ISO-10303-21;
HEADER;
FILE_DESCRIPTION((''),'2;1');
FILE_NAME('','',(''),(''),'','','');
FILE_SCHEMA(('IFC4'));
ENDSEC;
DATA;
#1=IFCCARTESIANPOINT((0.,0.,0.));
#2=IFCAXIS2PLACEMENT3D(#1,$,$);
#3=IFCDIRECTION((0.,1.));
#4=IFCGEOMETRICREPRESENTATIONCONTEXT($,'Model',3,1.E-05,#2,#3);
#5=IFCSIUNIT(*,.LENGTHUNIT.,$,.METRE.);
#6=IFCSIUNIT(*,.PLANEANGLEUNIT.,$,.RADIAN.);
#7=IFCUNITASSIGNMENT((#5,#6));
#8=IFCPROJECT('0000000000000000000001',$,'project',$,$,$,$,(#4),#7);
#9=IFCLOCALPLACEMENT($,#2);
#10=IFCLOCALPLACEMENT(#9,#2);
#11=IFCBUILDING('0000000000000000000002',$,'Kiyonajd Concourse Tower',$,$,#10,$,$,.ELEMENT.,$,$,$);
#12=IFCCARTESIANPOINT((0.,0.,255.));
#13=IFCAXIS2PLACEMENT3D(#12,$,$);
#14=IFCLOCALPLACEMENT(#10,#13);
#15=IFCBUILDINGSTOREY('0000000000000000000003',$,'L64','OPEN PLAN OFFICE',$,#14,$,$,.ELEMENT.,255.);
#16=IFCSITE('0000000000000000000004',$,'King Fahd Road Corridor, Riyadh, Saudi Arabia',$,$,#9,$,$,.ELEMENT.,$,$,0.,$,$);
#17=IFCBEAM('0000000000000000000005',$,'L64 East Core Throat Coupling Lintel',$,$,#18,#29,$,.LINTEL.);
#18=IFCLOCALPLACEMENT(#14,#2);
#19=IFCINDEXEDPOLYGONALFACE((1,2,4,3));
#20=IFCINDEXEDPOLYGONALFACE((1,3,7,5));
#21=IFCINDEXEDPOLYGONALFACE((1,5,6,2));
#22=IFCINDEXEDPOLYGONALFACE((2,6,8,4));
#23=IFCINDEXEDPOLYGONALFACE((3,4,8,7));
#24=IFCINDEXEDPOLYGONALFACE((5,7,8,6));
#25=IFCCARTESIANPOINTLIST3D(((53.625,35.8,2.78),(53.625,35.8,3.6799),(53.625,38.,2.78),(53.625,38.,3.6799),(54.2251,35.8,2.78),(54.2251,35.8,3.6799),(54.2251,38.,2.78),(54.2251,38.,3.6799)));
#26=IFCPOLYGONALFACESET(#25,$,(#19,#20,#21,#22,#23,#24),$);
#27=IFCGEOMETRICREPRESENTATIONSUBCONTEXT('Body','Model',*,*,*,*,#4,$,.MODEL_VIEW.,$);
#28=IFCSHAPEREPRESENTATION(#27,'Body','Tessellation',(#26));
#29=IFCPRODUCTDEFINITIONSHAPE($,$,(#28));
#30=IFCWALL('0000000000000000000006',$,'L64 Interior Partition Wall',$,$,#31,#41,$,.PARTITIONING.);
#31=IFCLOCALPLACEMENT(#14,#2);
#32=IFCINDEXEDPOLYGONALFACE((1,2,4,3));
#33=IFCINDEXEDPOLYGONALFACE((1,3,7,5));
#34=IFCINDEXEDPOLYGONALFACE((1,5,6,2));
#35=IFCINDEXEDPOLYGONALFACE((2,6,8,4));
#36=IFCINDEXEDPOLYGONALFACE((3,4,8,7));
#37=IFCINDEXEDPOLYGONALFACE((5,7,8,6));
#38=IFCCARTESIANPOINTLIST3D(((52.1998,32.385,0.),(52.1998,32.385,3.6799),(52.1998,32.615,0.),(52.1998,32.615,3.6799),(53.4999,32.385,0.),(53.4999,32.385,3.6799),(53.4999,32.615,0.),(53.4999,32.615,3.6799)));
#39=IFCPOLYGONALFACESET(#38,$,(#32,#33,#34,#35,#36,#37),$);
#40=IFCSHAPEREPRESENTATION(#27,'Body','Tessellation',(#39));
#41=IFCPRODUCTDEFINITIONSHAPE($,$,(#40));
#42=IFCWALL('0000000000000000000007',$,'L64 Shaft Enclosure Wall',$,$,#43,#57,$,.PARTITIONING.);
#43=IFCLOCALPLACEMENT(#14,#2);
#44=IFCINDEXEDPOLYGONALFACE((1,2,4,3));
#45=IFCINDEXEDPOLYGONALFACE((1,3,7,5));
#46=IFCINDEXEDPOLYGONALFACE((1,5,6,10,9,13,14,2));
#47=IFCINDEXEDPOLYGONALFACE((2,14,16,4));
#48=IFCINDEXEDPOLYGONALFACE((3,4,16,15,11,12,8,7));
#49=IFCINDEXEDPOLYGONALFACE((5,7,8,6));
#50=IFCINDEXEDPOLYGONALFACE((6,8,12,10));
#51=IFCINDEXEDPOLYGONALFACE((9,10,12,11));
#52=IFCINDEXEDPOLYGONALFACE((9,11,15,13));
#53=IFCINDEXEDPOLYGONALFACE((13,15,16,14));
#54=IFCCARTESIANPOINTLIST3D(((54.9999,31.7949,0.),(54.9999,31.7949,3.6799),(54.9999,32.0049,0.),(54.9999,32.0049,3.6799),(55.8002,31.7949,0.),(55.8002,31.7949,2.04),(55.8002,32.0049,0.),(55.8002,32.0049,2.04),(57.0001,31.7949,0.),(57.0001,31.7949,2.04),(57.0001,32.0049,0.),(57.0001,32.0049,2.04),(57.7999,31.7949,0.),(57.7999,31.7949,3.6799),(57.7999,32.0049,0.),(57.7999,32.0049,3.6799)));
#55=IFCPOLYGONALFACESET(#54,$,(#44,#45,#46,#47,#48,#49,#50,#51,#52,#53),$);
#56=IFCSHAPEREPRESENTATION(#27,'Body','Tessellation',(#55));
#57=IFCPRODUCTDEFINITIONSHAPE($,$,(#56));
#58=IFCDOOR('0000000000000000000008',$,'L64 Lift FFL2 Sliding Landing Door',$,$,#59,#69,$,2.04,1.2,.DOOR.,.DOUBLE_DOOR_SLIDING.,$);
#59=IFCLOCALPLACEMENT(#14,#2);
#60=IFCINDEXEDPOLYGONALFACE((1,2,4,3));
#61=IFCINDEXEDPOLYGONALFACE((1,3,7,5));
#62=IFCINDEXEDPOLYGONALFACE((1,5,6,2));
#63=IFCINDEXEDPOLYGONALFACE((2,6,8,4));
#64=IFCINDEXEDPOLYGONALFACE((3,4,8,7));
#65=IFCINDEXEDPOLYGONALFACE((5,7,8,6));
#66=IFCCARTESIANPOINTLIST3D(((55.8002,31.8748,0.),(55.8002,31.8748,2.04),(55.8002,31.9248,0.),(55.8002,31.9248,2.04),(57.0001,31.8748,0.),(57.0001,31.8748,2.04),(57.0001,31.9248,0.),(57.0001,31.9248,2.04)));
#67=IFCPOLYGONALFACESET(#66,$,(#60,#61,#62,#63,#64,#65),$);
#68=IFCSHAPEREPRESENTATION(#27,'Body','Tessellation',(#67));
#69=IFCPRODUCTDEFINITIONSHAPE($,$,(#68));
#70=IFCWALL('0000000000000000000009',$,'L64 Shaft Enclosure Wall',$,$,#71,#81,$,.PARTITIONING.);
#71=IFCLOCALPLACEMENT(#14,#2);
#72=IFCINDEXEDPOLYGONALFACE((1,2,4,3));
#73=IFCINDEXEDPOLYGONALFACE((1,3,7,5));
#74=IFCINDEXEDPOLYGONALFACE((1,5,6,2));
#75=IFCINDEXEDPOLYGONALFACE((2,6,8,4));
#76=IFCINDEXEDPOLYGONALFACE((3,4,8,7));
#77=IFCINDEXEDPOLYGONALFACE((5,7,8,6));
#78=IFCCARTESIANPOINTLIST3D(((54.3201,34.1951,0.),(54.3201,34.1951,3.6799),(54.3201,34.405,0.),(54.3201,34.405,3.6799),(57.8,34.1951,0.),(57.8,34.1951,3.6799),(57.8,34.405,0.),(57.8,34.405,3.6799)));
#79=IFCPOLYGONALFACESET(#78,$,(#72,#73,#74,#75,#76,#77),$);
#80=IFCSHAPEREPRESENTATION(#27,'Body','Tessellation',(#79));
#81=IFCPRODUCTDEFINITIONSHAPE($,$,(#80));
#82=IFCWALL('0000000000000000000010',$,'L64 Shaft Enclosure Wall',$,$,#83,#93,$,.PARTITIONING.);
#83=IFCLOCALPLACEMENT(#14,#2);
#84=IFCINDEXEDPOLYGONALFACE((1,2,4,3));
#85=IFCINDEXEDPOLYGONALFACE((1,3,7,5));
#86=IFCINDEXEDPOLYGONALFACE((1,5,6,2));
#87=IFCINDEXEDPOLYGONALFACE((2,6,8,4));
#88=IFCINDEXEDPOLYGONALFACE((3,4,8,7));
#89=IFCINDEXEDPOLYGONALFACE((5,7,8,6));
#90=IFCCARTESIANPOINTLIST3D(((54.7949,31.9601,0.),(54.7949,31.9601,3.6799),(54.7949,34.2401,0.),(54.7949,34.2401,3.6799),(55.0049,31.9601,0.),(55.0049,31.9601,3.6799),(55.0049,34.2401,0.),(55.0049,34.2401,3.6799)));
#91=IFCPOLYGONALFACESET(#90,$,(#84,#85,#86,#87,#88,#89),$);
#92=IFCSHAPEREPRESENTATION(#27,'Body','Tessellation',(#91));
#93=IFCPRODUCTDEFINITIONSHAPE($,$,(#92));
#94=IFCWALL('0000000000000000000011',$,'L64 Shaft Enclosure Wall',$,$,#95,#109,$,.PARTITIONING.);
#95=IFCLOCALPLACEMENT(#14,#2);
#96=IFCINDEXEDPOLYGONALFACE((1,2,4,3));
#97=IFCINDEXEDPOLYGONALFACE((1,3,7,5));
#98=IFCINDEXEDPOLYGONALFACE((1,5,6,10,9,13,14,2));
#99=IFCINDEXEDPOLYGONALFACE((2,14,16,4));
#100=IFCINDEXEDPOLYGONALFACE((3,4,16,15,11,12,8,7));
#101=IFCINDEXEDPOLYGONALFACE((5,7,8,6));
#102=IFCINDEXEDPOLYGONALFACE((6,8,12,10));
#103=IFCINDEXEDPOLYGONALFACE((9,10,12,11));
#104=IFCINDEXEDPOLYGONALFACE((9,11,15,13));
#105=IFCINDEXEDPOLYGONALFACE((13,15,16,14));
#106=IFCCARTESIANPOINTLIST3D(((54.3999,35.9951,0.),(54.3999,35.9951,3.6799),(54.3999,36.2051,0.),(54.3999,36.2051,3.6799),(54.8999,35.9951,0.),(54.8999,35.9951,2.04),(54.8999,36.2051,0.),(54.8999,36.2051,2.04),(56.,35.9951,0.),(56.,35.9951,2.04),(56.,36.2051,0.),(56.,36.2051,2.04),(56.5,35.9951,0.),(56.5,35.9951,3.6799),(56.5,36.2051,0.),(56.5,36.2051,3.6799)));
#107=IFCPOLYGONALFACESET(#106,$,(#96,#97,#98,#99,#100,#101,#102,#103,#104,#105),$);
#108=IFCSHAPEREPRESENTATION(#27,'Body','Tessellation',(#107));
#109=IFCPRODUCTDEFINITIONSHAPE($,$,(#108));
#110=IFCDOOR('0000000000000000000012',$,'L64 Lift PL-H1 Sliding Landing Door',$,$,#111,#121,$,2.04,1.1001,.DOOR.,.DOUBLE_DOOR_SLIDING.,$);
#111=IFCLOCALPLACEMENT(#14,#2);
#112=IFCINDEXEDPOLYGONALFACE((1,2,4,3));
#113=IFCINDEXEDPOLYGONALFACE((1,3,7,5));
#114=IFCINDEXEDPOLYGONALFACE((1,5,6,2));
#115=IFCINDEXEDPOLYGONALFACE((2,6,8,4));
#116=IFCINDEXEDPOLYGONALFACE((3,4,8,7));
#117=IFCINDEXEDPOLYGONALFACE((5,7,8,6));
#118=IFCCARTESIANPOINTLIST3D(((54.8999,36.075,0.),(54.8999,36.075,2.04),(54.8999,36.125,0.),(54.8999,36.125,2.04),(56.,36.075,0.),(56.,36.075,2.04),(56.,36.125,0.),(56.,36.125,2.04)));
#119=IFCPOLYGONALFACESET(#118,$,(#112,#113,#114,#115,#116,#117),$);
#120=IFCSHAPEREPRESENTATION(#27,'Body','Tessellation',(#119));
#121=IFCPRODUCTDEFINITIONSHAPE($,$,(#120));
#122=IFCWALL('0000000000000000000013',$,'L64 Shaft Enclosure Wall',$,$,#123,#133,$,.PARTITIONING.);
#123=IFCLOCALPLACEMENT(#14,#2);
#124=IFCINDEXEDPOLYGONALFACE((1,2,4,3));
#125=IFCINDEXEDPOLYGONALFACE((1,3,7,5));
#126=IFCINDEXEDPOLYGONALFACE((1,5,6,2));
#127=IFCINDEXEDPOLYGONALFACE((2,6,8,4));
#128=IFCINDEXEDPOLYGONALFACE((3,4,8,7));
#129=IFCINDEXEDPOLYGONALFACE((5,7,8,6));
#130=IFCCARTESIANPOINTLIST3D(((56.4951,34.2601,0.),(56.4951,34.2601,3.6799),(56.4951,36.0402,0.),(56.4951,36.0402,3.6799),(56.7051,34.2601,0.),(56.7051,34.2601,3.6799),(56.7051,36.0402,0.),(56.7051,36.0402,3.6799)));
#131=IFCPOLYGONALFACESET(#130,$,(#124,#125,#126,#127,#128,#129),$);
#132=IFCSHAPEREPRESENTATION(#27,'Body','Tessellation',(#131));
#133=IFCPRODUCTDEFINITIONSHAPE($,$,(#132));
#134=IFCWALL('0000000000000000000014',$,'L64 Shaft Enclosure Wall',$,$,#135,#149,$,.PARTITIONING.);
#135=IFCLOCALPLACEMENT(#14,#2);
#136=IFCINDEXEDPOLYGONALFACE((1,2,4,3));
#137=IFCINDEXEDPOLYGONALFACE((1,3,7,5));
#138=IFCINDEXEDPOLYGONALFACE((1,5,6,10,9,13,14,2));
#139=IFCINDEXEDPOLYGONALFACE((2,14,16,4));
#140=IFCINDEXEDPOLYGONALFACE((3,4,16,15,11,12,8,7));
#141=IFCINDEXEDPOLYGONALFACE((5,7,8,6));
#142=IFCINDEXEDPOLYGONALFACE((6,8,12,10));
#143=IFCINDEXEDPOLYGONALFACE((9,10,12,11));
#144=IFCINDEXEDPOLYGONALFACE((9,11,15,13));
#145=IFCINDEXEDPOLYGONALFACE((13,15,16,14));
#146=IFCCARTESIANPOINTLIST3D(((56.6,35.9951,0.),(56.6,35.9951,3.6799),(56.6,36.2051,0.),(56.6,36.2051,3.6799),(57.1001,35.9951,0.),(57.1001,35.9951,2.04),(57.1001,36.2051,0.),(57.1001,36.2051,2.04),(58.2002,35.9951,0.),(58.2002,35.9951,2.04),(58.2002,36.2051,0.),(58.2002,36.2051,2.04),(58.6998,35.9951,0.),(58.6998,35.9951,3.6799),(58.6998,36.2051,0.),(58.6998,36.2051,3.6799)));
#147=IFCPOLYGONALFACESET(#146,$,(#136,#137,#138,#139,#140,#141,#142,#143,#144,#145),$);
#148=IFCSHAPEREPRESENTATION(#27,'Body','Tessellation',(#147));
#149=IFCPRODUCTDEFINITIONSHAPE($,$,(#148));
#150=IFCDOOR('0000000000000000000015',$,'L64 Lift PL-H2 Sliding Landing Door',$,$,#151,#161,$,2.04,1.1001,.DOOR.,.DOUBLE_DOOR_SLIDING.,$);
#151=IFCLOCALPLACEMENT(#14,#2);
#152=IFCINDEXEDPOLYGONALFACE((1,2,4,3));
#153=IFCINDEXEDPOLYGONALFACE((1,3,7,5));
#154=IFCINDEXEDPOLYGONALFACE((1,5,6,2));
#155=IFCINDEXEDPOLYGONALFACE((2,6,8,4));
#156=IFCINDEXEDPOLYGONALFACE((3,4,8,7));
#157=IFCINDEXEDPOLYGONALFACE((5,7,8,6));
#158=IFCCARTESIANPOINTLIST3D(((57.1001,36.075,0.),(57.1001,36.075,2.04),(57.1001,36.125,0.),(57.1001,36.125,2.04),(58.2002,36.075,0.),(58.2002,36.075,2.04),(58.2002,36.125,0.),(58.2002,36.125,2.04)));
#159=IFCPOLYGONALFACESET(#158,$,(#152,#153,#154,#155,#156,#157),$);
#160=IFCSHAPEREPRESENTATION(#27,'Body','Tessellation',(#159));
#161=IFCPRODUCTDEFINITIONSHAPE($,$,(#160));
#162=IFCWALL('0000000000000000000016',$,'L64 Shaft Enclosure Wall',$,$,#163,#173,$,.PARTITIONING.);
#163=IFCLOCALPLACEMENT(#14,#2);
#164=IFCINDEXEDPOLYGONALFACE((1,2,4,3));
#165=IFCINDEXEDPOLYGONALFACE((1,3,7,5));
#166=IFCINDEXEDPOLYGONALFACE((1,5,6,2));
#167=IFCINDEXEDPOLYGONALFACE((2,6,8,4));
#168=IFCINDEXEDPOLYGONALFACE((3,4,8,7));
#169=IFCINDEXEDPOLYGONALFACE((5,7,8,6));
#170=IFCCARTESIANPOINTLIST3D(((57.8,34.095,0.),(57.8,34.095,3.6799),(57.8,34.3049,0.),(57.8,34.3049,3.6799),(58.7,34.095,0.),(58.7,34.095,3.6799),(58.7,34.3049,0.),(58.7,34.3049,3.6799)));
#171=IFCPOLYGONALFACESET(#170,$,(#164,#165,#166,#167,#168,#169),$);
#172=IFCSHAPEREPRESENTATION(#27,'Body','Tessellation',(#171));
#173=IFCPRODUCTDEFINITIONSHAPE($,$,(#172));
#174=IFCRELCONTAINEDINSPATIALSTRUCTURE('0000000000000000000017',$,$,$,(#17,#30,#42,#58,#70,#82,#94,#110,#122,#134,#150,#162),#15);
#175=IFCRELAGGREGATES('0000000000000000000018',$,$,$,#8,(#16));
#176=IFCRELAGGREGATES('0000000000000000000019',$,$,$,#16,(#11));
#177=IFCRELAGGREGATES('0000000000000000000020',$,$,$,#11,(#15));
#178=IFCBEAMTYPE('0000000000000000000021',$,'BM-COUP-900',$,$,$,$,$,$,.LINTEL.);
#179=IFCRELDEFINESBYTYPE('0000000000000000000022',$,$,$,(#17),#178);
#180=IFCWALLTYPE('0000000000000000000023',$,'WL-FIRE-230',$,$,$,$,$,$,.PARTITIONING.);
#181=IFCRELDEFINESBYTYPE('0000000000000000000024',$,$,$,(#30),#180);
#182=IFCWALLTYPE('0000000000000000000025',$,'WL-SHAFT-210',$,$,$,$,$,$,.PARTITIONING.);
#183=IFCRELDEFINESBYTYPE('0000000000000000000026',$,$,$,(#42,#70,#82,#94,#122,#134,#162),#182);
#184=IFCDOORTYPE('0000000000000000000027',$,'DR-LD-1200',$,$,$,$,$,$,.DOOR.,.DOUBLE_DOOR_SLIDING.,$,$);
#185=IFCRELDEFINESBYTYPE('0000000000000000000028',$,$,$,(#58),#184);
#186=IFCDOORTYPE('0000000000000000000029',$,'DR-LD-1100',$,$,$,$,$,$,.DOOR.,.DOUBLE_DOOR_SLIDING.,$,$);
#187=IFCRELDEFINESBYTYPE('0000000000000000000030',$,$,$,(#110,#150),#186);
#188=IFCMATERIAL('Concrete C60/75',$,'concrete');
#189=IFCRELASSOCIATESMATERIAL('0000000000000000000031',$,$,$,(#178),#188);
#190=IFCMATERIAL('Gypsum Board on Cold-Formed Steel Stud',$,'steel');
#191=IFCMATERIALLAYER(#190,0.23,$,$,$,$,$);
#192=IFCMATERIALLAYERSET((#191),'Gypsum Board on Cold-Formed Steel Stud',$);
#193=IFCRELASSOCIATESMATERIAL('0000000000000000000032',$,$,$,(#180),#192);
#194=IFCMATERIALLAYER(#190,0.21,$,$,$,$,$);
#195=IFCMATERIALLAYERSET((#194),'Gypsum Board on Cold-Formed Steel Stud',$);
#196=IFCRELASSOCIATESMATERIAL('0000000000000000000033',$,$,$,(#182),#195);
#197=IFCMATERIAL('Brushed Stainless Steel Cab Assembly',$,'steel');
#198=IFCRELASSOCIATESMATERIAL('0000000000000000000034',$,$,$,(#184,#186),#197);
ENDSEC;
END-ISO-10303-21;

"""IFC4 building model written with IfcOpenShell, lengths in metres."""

from ifc_helpers import new_model, si_unit, direction, frame, frame_2d, origin, origin_2d, place, context, subcontext, project, spatial, rectangle, extrude, material, layer, layer_set, material_profile, profile_set, type_object, element, fill, save


model = new_model("IFC4")

# Units and contexts
model_context = context("Model", 3, precision=1e-05, world=origin(), true_north=direction((0.0, 1.0)))
body_context = subcontext(model_context, "Body", "Model", "MODEL_VIEW")
ifc_project = project(units=[si_unit("LENGTHUNIT", "METRE"), si_unit("PLANEANGLEUNIT", "RADIAN")], contexts=[model_context])

# Site, building, storey
site_placement = place(None, origin())
site = spatial("IfcSite", under=ifc_project, at=site_placement, Name="King Fahd Road Corridor, Riyadh, Saudi Arabia", CompositionType="ELEMENT", RefElevation=0.0)
building_placement = place(site_placement, origin())
building = spatial("IfcBuilding", under=site, at=building_placement, Name="Kiyonajd Concourse Tower", CompositionType="ELEMENT")
storey_placement = place(building_placement, frame((0.0, 0.0, 255.0)))
storey = spatial("IfcBuildingStorey", under=building, at=storey_placement, Name="L64", Description="OPEN PLAN OFFICE", CompositionType="ELEMENT", Elevation=255.0)

# Beam
ifc_material_1 = material(Name="Concrete C60/75", Category="concrete")
ifc_material_profile = material_profile(ifc_material_1, rectangle(XDim=0.6001, YDim=0.8999, at=origin_2d()), Name="RCBM-600x900")
ifc_profile_set = profile_set([ifc_material_profile], Name="Concrete C60/75")
beam_type = type_object("IfcBeamType", Name="BM-COUP-900", PredefinedType="LINTEL", material=ifc_profile_set)
beam_placement = place(storey_placement, frame((53.925, 35.8, 3.23), z_axis=(0.0, 1.0, 0.0), x_axis=(-1.0, 0.0, 0.0)))
element("IfcBeam", 1, at=beam_placement, inside=storey, type_object=beam_type, Name="L64 East Core Throat Coupling Lintel", PredefinedType="LINTEL", context=body_context, shape_type="SweptSolid", body=[
    extrude(rectangle(XDim=0.6001, YDim=0.8999, at=origin_2d()), origin(), (0.0, 0.0, 1.0), 2.2),
])

# Wall
ifc_material_2 = material(Name="Gypsum Board on Cold-Formed Steel Stud", Category="steel")
ifc_layer_1 = layer(ifc_material_2, 0.23)
ifc_layer_set_1 = layer_set([ifc_layer_1], Name="Gypsum Board on Cold-Formed Steel Stud")
wall_type_1 = type_object("IfcWallType", Name="WL-FIRE-230", PredefinedType="PARTITIONING", material=ifc_layer_set_1)
wall_1_placement = place(storey_placement, frame((52.2, 32.5, 0.0), z_axis=(0.0, 0.0, 1.0), x_axis=(1.0, 0.0, 0.0)))
element("IfcWall", 2, at=wall_1_placement, inside=storey, type_object=wall_type_1, Name="L64 Interior Partition Wall", PredefinedType="PARTITIONING", context=body_context, shape_type="SweptSolid", body=[
    extrude(rectangle(XDim=1.3, YDim=0.23, at=frame_2d((0.6499, 0.0))), origin(), (0.0, 0.0, 1.0), 3.6799),
])

# Wall, opening, door
ifc_layer_2 = layer(ifc_material_2, 0.21)
ifc_layer_set_2 = layer_set([ifc_layer_2], Name="Gypsum Board on Cold-Formed Steel Stud")
wall_type_2 = type_object("IfcWallType", Name="WL-SHAFT-210", PredefinedType="PARTITIONING", material=ifc_layer_set_2)
wall_2_placement = place(storey_placement, frame((55.0, 31.8999, 0.0), z_axis=(0.0, 0.0, 1.0), x_axis=(1.0, 0.0, 0.0)))
wall_2 = element("IfcWall", 3, at=wall_2_placement, inside=storey, type_object=wall_type_2, Name="L64 Shaft Enclosure Wall", PredefinedType="PARTITIONING", context=body_context, shape_type="SweptSolid", body=[
    extrude(rectangle(XDim=2.8, YDim=0.21, at=frame_2d((1.3999, 0.0))), origin(), (0.0, 0.0, 1.0), 3.6799),
])
opening_1_placement = place(wall_2_placement, frame((0.8, 0.0, 0.0)))
opening_1 = element("IfcOpeningElement", 4, at=opening_1_placement, cuts=wall_2, PredefinedType="OPENING", context=body_context, shape_type="SweptSolid", body=[
    extrude(rectangle(XDim=1.2, YDim=2.04, at=frame_2d((0.6001, 1.02))), frame((0.0, 0.115, 0.0), z_axis=(0.0, -1.0, 0.0), x_axis=(1.0, 0.0, 0.0)), (0.0, 0.0, 1.0), 0.23),
])
ifc_material_3 = material(Name="Brushed Stainless Steel Cab Assembly", Category="steel")
door_type_1 = type_object("IfcDoorType", Name="DR-LD-1200", OperationType="DOUBLE_DOOR_SLIDING", PredefinedType="DOOR", material=ifc_material_3)
door_1_placement = place(opening_1_placement, origin())
door_1 = element("IfcDoor", 5, at=door_1_placement, inside=storey, type_object=door_type_1, Name="L64 Lift FFL2 Sliding Landing Door", OperationType="DOUBLE_DOOR_SLIDING", OverallHeight=2.04, OverallWidth=1.2, PredefinedType="DOOR", context=body_context, shape_type="SweptSolid", body=[
    extrude(rectangle(XDim=1.2, YDim=2.04, at=frame_2d((0.6001, 1.02))), frame((0.0, 0.0249, 0.0), z_axis=(0.0, -1.0, 0.0), x_axis=(1.0, 0.0, 0.0)), (0.0, 0.0, 1.0), 0.05),
])
fill(opening_1, door_1)

# Walls
wall_3_placement = place(storey_placement, frame((54.3201, 34.3, 0.0), z_axis=(0.0, 0.0, 1.0), x_axis=(1.0, 0.0, 0.0)))
element("IfcWall", 6, at=wall_3_placement, inside=storey, type_object=wall_type_2, Name="L64 Shaft Enclosure Wall", PredefinedType="PARTITIONING", context=body_context, shape_type="SweptSolid", body=[
    extrude(rectangle(XDim=3.48, YDim=0.21, at=frame_2d((1.74, 0.0))), origin(), (0.0, 0.0, 1.0), 3.6799),
])
wall_4_placement = place(storey_placement, frame((54.8999, 31.96, 0.0), z_axis=(0.0, 0.0, 1.0), x_axis=(0.0, 1.0, 0.0)))
element("IfcWall", 7, at=wall_4_placement, inside=storey, type_object=wall_type_2, Name="L64 Shaft Enclosure Wall", PredefinedType="PARTITIONING", context=body_context, shape_type="SweptSolid", body=[
    extrude(rectangle(XDim=2.28, YDim=0.21, at=frame_2d((1.1401, 0.0))), origin(), (0.0, 0.0, 1.0), 3.6799),
])

# Wall, opening, door
wall_5_placement = place(storey_placement, frame((54.3999, 36.1001, 0.0), z_axis=(0.0, 0.0, 1.0), x_axis=(1.0, 0.0, 0.0)))
wall_5 = element("IfcWall", 8, at=wall_5_placement, inside=storey, type_object=wall_type_2, Name="L64 Shaft Enclosure Wall", PredefinedType="PARTITIONING", context=body_context, shape_type="SweptSolid", body=[
    extrude(rectangle(XDim=2.1001, YDim=0.21, at=frame_2d((1.05, 0.0))), origin(), (0.0, 0.0, 1.0), 3.6799),
])
opening_2_placement = place(wall_5_placement, frame((0.5, 0.0, 0.0)))
opening_2 = element("IfcOpeningElement", 9, at=opening_2_placement, cuts=wall_5, PredefinedType="OPENING", context=body_context, shape_type="SweptSolid", body=[
    extrude(rectangle(XDim=1.1001, YDim=2.04, at=frame_2d((0.55, 1.02))), frame((0.0, 0.115, 0.0), z_axis=(0.0, -1.0, 0.0), x_axis=(1.0, 0.0, 0.0)), (0.0, 0.0, 1.0), 0.23),
])
door_type_2 = type_object("IfcDoorType", Name="DR-LD-1100", OperationType="DOUBLE_DOOR_SLIDING", PredefinedType="DOOR", material=ifc_material_3)
door_2_placement = place(opening_2_placement, origin())
door_2 = element("IfcDoor", 10, at=door_2_placement, inside=storey, type_object=door_type_2, Name="L64 Lift PL-H1 Sliding Landing Door", OperationType="DOUBLE_DOOR_SLIDING", OverallHeight=2.04, OverallWidth=1.1001, PredefinedType="DOOR", context=body_context, shape_type="SweptSolid", body=[
    extrude(rectangle(XDim=1.1001, YDim=2.04, at=frame_2d((0.55, 1.02))), frame((0.0, 0.0249, 0.0), z_axis=(0.0, -1.0, 0.0), x_axis=(1.0, 0.0, 0.0)), (0.0, 0.0, 1.0), 0.05),
])
fill(opening_2, door_2)

# Wall
wall_6_placement = place(storey_placement, frame((56.6001, 34.26, 0.0), z_axis=(0.0, 0.0, 1.0), x_axis=(0.0, 1.0, 0.0)))
element("IfcWall", 11, at=wall_6_placement, inside=storey, type_object=wall_type_2, Name="L64 Shaft Enclosure Wall", PredefinedType="PARTITIONING", context=body_context, shape_type="SweptSolid", body=[
    extrude(rectangle(XDim=1.78, YDim=0.21, at=frame_2d((0.8901, 0.0))), origin(), (0.0, 0.0, 1.0), 3.6799),
])

# Wall, opening, door
wall_7_placement = place(storey_placement, frame((56.6001, 36.1001, 0.0), z_axis=(0.0, 0.0, 1.0), x_axis=(1.0, 0.0, 0.0)))
wall_7 = element("IfcWall", 12, at=wall_7_placement, inside=storey, type_object=wall_type_2, Name="L64 Shaft Enclosure Wall", PredefinedType="PARTITIONING", context=body_context, shape_type="SweptSolid", body=[
    extrude(rectangle(XDim=2.0999, YDim=0.21, at=frame_2d((1.0498, 0.0))), origin(), (0.0, 0.0, 1.0), 3.6799),
])
opening_3_placement = place(wall_7_placement, frame((0.5, 0.0, 0.0)))
opening_3 = element("IfcOpeningElement", 13, at=opening_3_placement, cuts=wall_7, PredefinedType="OPENING", context=body_context, shape_type="SweptSolid", body=[
    extrude(rectangle(XDim=1.1001, YDim=2.04, at=frame_2d((0.55, 1.02))), frame((0.0, 0.115, 0.0), z_axis=(0.0, -1.0, 0.0), x_axis=(1.0, 0.0, 0.0)), (0.0, 0.0, 1.0), 0.23),
])
door_3_placement = place(opening_3_placement, origin())
door_3 = element("IfcDoor", 14, at=door_3_placement, inside=storey, type_object=door_type_2, Name="L64 Lift PL-H2 Sliding Landing Door", OperationType="DOUBLE_DOOR_SLIDING", OverallHeight=2.04, OverallWidth=1.1001, PredefinedType="DOOR", context=body_context, shape_type="SweptSolid", body=[
    extrude(rectangle(XDim=1.1001, YDim=2.04, at=frame_2d((0.55, 1.02))), frame((0.0, 0.0249, 0.0), z_axis=(0.0, -1.0, 0.0), x_axis=(1.0, 0.0, 0.0)), (0.0, 0.0, 1.0), 0.05),
])
fill(opening_3, door_3)

# Wall
wall_8_placement = place(storey_placement, frame((57.8, 34.2, 0.0), z_axis=(0.0, 0.0, 1.0), x_axis=(1.0, 0.0, 0.0)))
element("IfcWall", 15, at=wall_8_placement, inside=storey, type_object=wall_type_2, Name="L64 Shaft Enclosure Wall", PredefinedType="PARTITIONING", context=body_context, shape_type="SweptSolid", body=[
    extrude(rectangle(XDim=0.8999, YDim=0.21, at=frame_2d((0.45, 0.0))), origin(), (0.0, 0.0, 1.0), 3.6799),
])

save(model, "model.ifc")
